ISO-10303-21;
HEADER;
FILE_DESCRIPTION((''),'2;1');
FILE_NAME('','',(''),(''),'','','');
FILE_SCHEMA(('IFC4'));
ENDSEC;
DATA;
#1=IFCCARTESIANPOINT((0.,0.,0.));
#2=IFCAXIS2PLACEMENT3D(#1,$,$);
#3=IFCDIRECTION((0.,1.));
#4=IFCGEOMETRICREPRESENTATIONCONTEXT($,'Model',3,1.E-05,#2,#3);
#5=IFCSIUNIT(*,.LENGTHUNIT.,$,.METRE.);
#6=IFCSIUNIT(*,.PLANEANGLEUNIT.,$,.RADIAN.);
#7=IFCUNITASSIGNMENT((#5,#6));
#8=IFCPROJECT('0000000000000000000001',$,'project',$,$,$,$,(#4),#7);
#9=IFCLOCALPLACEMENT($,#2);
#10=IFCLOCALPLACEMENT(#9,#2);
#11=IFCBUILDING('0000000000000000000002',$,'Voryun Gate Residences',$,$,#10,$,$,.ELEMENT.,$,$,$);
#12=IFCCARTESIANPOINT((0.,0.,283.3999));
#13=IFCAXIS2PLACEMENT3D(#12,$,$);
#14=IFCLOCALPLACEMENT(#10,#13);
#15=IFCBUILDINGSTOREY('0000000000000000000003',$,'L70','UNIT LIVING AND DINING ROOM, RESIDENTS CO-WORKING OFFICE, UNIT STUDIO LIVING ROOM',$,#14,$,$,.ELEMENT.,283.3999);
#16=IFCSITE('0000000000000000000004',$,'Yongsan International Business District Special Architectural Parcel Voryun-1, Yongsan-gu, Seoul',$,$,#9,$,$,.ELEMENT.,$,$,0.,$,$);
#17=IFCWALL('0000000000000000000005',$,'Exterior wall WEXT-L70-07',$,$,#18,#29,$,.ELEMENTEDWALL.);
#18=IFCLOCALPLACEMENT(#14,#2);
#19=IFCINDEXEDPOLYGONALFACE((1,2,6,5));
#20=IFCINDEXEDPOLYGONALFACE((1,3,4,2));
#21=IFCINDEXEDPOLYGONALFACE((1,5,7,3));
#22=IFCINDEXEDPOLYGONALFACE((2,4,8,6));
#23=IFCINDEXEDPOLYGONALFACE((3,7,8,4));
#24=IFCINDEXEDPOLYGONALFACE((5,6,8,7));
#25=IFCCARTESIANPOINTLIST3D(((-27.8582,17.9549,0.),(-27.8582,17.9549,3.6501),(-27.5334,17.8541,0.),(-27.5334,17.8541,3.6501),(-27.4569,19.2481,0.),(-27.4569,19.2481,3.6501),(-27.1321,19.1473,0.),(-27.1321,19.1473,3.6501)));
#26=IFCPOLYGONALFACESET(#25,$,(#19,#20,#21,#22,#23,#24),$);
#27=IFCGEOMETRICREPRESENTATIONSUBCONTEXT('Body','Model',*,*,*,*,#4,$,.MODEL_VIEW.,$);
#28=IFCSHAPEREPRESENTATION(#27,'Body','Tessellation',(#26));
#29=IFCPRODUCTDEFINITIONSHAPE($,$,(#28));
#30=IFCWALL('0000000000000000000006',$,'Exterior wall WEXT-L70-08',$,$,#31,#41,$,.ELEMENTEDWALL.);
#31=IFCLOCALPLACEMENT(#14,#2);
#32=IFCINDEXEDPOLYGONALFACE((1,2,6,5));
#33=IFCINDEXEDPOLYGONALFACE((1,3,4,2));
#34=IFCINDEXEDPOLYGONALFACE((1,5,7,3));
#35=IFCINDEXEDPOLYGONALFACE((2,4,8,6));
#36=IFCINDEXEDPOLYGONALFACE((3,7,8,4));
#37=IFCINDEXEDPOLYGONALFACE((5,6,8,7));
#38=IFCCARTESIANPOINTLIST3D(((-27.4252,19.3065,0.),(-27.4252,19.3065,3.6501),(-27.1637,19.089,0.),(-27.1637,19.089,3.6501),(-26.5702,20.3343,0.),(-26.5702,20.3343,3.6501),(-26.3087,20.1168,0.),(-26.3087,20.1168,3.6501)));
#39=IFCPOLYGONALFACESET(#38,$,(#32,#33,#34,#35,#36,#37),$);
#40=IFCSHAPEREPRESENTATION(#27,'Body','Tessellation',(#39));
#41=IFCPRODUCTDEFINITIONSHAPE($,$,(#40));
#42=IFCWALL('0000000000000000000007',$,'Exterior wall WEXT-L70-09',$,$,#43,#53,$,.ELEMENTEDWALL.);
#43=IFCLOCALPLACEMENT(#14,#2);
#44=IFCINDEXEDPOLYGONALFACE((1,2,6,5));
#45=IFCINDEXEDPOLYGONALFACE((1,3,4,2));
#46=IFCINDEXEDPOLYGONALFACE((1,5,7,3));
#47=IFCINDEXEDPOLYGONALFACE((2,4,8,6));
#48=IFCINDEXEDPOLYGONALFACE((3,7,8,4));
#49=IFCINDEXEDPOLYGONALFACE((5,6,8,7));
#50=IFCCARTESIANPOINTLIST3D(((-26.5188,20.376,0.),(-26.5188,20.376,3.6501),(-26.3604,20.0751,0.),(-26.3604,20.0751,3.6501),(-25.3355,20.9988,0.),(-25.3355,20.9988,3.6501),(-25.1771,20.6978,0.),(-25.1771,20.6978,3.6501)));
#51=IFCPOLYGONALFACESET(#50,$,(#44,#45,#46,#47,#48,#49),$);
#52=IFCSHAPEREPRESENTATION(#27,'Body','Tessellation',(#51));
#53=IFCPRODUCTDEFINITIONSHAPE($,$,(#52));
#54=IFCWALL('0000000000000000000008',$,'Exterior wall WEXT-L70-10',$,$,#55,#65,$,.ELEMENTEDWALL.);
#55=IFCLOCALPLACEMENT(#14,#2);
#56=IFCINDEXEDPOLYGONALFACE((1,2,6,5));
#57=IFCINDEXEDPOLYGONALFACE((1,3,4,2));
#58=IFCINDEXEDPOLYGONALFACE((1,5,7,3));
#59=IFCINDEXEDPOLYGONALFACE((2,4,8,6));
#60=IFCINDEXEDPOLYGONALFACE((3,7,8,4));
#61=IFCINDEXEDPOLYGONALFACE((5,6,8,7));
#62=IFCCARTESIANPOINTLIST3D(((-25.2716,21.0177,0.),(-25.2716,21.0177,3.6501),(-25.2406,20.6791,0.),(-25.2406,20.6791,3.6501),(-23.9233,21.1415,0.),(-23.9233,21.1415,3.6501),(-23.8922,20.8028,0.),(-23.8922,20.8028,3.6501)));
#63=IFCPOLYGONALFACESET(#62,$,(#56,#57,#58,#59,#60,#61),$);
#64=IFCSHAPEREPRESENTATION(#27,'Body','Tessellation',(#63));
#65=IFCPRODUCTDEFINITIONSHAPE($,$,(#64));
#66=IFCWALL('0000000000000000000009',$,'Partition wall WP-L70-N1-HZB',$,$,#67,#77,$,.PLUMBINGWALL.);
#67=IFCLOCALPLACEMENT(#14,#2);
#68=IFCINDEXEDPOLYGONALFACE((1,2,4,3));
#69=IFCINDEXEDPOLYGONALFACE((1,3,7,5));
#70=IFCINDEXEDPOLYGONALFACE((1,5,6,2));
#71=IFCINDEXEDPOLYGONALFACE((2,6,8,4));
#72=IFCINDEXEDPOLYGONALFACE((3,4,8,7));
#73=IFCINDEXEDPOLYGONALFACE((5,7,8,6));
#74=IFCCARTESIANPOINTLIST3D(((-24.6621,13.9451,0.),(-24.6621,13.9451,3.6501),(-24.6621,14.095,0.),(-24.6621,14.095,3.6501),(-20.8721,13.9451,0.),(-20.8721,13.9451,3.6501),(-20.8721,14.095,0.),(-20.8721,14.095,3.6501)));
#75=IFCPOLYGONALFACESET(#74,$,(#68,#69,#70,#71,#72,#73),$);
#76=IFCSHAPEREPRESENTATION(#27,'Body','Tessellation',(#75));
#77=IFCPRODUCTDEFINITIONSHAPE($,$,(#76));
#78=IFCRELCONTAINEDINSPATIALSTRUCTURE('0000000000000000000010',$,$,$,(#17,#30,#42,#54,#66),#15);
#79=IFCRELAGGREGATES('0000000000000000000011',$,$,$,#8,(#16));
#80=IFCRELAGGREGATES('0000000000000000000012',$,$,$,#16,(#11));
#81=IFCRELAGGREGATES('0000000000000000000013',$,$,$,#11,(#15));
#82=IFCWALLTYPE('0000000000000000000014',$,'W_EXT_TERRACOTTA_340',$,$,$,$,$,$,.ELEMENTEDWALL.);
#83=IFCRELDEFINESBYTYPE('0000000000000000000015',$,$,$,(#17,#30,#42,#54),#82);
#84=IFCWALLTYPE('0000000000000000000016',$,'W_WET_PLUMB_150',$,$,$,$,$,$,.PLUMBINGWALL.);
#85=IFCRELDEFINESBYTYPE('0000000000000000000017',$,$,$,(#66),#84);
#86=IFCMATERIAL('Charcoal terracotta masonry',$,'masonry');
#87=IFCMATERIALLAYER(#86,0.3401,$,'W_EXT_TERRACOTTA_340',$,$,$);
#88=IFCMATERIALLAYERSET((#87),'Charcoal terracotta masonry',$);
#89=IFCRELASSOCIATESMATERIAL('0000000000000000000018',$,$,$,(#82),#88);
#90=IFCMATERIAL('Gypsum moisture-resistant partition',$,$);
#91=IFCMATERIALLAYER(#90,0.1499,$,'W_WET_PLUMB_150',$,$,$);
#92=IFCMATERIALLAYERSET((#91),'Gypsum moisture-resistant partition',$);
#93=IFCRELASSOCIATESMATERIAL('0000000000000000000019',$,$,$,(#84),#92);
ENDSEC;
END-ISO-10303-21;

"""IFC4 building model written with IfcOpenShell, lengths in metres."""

from ifc_helpers import new_model, si_unit, direction, frame, frame_2d, origin, place, context, subcontext, project, spatial, rectangle, extrude, material, layer, layer_set, type_object, element, save


model = new_model("IFC4")

# Units and contexts
model_context = context("Model", 3, precision=1e-05, world=origin(), true_north=direction((0.0, 1.0)))
body_context = subcontext(model_context, "Body", "Model", "MODEL_VIEW")
ifc_project = project(units=[si_unit("LENGTHUNIT", "METRE"), si_unit("PLANEANGLEUNIT", "RADIAN")], contexts=[model_context])

# Site, building, storey
site_placement = place(None, origin())
site = spatial("IfcSite", under=ifc_project, at=site_placement, Name="Yongsan International Business District Special Architectural Parcel Voryun-1, Yongsan-gu, Seoul", CompositionType="ELEMENT", RefElevation=0.0)
building_placement = place(site_placement, origin())
building = spatial("IfcBuilding", under=site, at=building_placement, Name="Voryun Gate Residences", CompositionType="ELEMENT")
storey_placement = place(building_placement, frame((0.0, 0.0, 283.3999)))
storey = spatial("IfcBuildingStorey", under=building, at=storey_placement, Name="L70", Description="UNIT LIVING AND DINING ROOM, RESIDENTS CO-WORKING OFFICE, UNIT STUDIO LIVING ROOM", CompositionType="ELEMENT", Elevation=283.3999)

# Walls
ifc_material_1 = material(Name="Charcoal terracotta masonry", Category="masonry")
ifc_layer_1 = layer(ifc_material_1, 0.3401, Name="W_EXT_TERRACOTTA_340")
ifc_layer_set_1 = layer_set([ifc_layer_1], Name="Charcoal terracotta masonry")
wall_type_1 = type_object("IfcWallType", Name="W_EXT_TERRACOTTA_340", PredefinedType="ELEMENTEDWALL", material=ifc_layer_set_1)
wall_1_placement = place(storey_placement, frame((-27.6958, 17.9045, 0.0), z_axis=(0.0, 0.0, 1.0), x_axis=(0.296416, 0.955059, 0.0)))
element("IfcWall", 1, at=wall_1_placement, inside=storey, type_object=wall_type_1, Name="Exterior wall WEXT-L70-07", PredefinedType="ELEMENTEDWALL", context=body_context, shape_type="SweptSolid", body=[
    extrude(rectangle(XDim=1.354, YDim=0.3401, at=frame_2d((0.677, 0.0))), origin(), (0.0, 0.0, 1.0), 3.6501),
])
wall_2_placement = place(storey_placement, frame((-27.2944, 19.1978, 0.0), z_axis=(0.0, 0.0, 1.0), x_axis=(0.639502, 0.76879, 0.0)))
element("IfcWall", 2, at=wall_2_placement, inside=storey, type_object=wall_type_1, Name="Exterior wall WEXT-L70-08", PredefinedType="ELEMENTEDWALL", context=body_context, shape_type="SweptSolid", body=[
    extrude(rectangle(XDim=1.3369, YDim=0.3401, at=frame_2d((0.6685, 0.0))), origin(), (0.0, 0.0, 1.0), 3.6501),
])
wall_3_placement = place(storey_placement, frame((-26.4395, 20.2256, 0.0), z_axis=(0.0, 0.0, 1.0), x_axis=(0.884922, 0.465739, 0.0)))
element("IfcWall", 3, at=wall_3_placement, inside=storey, type_object=wall_type_1, Name="Exterior wall WEXT-L70-09", PredefinedType="ELEMENTEDWALL", context=body_context, shape_type="SweptSolid", body=[
    extrude(rectangle(XDim=1.3372, YDim=0.3401, at=frame_2d((0.6685, 0.0))), origin(), (0.0, 0.0, 1.0), 3.6501),
])
wall_4_placement = place(storey_placement, frame((-25.2561, 20.8484, 0.0), z_axis=(0.0, 0.0, 1.0), x_axis=(0.995813, 0.091414, 0.0)))
element("IfcWall", 4, at=wall_4_placement, inside=storey, type_object=wall_type_1, Name="Exterior wall WEXT-L70-10", PredefinedType="ELEMENTEDWALL", context=body_context, shape_type="SweptSolid", body=[
    extrude(rectangle(XDim=1.354, YDim=0.3401, at=frame_2d((0.677, 0.0))), origin(), (0.0, 0.0, 1.0), 3.6501),
])

# Wall
ifc_material_2 = material(Name="Gypsum moisture-resistant partition")
ifc_layer_2 = layer(ifc_material_2, 0.1499, Name="W_WET_PLUMB_150")
ifc_layer_set_2 = layer_set([ifc_layer_2], Name="Gypsum moisture-resistant partition")
wall_type_2 = type_object("IfcWallType", Name="W_WET_PLUMB_150", PredefinedType="PLUMBINGWALL", material=ifc_layer_set_2)
wall_5_placement = place(storey_placement, frame((-24.6621, 14.02, 0.0), z_axis=(0.0, 0.0, 1.0), x_axis=(1.0, 0.0, 0.0)))
element("IfcWall", 5, at=wall_5_placement, inside=storey, type_object=wall_type_2, Name="Partition wall WP-L70-N1-HZB", PredefinedType="PLUMBINGWALL", context=body_context, shape_type="SweptSolid", body=[
    extrude(rectangle(XDim=3.79, YDim=0.1499, at=frame_2d((1.895, 0.0))), origin(), (0.0, 0.0, 1.0), 3.6501),
])

save(model, "model.ifc")
